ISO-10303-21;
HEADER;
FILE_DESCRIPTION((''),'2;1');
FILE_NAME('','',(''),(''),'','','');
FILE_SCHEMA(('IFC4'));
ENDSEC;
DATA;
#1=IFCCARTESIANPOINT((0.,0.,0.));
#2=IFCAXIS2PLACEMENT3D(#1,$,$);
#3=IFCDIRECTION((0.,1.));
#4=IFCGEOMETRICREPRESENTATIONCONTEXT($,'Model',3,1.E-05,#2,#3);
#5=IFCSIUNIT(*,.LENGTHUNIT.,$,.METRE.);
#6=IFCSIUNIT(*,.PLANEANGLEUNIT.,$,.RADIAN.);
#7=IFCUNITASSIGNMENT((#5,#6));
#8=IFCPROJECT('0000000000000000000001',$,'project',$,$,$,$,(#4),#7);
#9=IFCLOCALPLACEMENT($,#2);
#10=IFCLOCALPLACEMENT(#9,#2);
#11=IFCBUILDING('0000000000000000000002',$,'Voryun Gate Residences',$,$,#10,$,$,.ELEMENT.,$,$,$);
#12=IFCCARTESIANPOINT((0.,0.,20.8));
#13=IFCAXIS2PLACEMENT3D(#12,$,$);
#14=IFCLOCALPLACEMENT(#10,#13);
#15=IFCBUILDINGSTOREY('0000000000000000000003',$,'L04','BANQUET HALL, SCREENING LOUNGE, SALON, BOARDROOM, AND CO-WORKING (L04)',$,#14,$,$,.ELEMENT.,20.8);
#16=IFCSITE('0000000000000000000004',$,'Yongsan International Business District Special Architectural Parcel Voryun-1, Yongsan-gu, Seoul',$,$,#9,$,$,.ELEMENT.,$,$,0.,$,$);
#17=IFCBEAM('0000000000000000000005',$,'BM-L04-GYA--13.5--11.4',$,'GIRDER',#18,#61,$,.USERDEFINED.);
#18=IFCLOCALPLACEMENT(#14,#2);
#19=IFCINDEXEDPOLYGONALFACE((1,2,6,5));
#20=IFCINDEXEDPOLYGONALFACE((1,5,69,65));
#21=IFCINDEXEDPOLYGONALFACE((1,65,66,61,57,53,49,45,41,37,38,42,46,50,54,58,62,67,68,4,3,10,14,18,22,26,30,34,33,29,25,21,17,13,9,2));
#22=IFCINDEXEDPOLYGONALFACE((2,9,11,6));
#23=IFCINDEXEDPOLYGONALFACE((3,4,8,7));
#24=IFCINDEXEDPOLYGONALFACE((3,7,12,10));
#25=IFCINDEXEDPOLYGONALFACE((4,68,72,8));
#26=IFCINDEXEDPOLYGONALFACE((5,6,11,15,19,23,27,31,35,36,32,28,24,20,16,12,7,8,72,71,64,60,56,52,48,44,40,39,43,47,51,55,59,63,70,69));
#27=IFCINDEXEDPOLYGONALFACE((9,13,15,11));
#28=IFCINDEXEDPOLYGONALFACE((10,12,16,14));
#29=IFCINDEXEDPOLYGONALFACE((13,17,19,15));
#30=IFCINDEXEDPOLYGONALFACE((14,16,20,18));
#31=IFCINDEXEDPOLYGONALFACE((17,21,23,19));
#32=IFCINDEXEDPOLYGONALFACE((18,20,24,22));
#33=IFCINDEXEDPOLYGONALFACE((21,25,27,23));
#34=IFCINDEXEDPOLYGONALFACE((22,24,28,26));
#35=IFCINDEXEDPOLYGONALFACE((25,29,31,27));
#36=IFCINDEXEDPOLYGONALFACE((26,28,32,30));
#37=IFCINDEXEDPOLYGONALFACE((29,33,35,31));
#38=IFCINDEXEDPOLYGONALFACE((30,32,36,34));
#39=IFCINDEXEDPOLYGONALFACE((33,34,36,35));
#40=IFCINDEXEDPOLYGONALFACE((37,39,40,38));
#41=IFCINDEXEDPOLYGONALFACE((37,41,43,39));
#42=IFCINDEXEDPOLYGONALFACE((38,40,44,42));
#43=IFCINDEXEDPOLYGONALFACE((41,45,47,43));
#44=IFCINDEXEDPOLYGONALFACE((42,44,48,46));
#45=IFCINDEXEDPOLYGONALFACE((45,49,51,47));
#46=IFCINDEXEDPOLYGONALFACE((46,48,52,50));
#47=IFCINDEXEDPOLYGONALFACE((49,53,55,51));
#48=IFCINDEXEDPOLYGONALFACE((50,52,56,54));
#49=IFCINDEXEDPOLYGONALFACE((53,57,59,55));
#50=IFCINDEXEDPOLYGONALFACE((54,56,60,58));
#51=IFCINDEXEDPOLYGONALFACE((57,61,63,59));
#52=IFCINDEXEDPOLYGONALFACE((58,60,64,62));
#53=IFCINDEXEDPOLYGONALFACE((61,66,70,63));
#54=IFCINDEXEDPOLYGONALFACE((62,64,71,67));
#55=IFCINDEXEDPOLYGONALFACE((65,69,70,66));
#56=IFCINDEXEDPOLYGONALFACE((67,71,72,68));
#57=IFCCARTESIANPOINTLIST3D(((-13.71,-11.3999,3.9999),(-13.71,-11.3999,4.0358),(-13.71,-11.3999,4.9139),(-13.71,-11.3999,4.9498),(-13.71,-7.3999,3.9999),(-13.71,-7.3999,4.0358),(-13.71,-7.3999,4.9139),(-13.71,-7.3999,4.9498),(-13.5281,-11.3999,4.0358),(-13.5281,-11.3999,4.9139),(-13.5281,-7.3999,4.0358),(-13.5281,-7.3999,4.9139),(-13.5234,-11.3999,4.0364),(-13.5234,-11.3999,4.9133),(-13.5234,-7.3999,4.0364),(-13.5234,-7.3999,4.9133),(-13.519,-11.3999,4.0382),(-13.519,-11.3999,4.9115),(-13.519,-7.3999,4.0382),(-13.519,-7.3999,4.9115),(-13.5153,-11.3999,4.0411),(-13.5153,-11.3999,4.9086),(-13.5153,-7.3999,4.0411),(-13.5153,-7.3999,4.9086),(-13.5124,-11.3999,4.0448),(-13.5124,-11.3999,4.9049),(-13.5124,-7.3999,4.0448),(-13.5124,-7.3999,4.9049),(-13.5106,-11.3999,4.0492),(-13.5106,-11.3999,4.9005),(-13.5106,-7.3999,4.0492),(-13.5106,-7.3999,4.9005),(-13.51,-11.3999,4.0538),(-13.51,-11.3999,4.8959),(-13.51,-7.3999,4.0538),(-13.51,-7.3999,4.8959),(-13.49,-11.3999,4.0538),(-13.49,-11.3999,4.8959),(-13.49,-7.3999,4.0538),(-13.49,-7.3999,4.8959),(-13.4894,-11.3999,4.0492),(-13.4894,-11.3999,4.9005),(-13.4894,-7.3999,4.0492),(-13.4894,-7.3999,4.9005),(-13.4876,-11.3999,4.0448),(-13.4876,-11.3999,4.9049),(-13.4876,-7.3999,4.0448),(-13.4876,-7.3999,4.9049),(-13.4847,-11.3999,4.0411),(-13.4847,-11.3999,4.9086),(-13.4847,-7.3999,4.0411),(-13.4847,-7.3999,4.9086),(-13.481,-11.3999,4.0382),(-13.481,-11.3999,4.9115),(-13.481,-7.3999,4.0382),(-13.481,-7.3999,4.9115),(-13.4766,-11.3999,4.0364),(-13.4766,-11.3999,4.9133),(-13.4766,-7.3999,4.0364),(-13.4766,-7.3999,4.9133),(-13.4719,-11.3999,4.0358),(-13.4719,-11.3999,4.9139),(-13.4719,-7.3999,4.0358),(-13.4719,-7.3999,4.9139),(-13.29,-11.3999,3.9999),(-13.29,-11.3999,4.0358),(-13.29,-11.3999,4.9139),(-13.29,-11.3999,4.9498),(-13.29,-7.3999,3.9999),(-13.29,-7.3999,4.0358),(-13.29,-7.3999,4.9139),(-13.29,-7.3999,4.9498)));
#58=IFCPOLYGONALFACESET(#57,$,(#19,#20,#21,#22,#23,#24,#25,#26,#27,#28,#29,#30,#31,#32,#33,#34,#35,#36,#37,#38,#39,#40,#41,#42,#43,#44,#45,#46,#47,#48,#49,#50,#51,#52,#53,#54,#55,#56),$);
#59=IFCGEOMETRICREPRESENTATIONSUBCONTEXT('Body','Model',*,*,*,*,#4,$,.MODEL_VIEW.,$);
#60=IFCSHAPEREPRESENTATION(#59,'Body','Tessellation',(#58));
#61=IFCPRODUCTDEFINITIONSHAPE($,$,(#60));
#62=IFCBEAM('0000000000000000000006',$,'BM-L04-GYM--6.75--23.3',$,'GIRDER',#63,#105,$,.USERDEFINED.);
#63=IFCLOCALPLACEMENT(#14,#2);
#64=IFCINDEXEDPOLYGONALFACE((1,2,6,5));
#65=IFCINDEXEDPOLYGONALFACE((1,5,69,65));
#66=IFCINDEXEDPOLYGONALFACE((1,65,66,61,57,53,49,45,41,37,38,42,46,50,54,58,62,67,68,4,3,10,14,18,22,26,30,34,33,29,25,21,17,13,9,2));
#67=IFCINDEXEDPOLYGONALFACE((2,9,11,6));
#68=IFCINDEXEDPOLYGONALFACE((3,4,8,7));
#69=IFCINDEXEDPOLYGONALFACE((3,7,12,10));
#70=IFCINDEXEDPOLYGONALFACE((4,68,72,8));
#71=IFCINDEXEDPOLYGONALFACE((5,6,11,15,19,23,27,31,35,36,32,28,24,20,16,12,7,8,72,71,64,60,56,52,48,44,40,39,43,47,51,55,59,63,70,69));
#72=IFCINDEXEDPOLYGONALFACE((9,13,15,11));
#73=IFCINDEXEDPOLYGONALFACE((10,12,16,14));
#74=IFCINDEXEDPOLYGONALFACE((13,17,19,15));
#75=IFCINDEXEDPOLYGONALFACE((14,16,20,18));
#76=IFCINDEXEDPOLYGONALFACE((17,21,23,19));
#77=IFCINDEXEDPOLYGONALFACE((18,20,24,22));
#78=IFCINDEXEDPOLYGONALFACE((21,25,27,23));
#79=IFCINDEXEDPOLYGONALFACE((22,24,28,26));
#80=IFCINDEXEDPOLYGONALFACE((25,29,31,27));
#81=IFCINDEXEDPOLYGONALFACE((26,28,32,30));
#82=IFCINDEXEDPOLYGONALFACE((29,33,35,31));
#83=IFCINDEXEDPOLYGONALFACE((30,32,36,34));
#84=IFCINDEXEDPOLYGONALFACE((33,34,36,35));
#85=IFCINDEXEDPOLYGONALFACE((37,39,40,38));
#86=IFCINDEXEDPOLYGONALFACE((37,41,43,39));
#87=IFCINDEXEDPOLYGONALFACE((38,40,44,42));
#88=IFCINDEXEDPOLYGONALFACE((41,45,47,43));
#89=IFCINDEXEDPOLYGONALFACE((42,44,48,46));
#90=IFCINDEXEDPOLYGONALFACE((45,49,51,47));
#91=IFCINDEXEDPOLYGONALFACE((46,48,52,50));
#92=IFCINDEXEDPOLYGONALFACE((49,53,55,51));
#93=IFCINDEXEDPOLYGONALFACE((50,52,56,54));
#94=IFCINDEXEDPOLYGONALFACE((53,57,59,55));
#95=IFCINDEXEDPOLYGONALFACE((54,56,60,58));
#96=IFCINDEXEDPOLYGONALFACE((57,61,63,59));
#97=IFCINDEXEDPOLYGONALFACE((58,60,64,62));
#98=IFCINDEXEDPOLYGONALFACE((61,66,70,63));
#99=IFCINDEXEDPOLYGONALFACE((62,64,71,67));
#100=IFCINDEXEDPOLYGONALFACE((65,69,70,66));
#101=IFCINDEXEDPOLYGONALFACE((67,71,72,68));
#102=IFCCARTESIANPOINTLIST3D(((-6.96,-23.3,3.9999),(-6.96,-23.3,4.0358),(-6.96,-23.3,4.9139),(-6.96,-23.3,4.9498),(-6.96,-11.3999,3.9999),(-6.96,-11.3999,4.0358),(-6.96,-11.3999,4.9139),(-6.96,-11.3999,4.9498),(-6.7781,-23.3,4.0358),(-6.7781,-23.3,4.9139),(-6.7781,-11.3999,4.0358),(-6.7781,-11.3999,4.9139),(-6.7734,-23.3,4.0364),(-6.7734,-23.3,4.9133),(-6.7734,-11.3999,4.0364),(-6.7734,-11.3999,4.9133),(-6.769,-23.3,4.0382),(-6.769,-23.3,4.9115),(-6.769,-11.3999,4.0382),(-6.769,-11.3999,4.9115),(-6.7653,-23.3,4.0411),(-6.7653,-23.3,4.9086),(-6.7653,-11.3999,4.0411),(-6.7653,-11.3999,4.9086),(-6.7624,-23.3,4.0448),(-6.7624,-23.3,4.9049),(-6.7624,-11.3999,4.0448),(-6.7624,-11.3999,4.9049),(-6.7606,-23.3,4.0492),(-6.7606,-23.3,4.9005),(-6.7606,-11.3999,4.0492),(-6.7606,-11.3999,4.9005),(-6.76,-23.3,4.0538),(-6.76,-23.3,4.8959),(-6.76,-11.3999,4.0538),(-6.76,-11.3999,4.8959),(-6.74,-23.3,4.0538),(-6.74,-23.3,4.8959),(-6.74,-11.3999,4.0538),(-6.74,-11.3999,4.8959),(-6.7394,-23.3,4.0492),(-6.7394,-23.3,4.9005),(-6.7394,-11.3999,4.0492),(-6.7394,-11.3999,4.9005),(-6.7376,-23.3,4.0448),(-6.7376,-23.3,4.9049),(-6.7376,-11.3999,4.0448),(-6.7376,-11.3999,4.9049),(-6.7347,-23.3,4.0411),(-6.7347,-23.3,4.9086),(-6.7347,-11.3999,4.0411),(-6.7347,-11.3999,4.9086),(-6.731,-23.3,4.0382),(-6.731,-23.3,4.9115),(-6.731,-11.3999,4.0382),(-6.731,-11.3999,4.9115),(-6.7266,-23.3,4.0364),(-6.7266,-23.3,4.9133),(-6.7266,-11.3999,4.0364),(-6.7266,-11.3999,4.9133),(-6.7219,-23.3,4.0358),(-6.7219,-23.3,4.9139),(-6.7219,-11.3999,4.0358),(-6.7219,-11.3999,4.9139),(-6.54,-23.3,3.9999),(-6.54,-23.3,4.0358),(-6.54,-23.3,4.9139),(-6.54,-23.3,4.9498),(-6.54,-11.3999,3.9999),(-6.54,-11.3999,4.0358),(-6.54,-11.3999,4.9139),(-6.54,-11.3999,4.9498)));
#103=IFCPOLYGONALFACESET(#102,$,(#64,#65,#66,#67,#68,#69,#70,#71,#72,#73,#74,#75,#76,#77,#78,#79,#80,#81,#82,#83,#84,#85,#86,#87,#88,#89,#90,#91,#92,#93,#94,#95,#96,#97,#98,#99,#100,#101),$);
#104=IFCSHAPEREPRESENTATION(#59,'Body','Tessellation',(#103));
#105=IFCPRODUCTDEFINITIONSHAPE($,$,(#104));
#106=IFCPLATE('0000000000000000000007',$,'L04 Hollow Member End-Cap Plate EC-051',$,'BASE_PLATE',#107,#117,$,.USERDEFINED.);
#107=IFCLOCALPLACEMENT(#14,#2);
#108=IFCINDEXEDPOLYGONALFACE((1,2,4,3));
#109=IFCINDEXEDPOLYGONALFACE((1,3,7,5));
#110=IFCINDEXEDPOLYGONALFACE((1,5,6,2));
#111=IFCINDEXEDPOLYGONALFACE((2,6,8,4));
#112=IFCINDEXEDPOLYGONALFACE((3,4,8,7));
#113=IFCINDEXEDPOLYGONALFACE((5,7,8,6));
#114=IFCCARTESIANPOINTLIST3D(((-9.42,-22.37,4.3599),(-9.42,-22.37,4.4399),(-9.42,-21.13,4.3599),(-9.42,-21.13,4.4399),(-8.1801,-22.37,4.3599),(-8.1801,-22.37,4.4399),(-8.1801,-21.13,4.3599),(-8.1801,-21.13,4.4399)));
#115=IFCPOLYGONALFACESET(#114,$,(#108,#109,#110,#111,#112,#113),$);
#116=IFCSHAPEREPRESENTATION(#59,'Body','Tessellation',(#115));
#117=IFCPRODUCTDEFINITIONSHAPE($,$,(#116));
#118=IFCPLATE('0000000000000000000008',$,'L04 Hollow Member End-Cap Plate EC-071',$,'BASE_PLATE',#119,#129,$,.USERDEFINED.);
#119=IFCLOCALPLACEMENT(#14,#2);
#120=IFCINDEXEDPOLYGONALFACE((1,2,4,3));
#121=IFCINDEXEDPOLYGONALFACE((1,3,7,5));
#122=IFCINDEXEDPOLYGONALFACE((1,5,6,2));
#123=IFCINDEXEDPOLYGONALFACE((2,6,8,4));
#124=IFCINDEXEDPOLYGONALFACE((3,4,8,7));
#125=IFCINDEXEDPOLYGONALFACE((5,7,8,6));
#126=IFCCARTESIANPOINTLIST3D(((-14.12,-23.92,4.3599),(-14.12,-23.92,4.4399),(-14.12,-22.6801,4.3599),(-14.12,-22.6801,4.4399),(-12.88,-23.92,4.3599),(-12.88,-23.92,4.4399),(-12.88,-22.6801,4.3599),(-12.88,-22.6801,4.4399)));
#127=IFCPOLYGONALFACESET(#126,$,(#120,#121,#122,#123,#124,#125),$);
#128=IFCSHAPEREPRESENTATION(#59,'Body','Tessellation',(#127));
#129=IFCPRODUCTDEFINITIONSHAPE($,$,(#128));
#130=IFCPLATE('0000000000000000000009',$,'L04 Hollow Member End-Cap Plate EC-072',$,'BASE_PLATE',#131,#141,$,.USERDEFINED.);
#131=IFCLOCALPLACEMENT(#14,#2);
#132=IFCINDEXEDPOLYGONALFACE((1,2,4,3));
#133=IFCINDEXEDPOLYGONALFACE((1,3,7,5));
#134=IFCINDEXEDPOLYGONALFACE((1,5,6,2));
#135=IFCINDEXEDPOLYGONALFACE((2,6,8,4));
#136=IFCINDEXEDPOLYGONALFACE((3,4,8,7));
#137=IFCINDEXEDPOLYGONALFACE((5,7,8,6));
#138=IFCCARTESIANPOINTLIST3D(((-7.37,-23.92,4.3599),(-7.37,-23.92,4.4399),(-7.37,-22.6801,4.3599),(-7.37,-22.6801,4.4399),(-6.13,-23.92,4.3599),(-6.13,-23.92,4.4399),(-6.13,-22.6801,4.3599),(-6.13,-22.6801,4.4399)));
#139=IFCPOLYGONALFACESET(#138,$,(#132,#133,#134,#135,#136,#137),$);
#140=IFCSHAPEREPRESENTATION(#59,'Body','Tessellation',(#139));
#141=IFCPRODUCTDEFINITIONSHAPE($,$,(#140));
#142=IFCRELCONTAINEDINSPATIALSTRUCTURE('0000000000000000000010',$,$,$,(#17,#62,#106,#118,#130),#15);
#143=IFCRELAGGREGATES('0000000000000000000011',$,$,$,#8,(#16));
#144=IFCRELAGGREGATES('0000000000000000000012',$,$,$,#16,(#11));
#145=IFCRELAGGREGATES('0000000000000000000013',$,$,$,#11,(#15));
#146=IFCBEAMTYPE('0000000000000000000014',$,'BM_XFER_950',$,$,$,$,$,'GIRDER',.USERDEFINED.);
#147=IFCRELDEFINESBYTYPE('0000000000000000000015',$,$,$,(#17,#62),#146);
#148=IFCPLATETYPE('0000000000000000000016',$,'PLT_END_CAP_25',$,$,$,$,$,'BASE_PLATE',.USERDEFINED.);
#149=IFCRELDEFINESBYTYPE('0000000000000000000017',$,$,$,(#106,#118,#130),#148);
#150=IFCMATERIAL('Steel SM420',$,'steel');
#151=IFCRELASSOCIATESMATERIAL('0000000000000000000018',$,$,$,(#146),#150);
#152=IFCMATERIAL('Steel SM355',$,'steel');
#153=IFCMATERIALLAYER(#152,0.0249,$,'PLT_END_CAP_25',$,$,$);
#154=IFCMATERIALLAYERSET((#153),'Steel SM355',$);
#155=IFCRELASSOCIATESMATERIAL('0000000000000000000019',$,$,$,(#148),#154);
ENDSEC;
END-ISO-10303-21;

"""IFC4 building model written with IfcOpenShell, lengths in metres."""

from ifc_helpers import new_model, si_unit, direction, frame, origin, origin_2d, place, context, subcontext, project, spatial, rectangle, i_section, extrude, material, layer, layer_set, material_profile, profile_set, type_object, element, save


model = new_model("IFC4")

# Units and contexts
model_context = context("Model", 3, precision=1e-05, world=origin(), true_north=direction((0.0, 1.0)))
body_context = subcontext(model_context, "Body", "Model", "MODEL_VIEW")
ifc_project = project(units=[si_unit("LENGTHUNIT", "METRE"), si_unit("PLANEANGLEUNIT", "RADIAN")], contexts=[model_context])

# Site, building, storey
site_placement = place(None, origin())
site = spatial("IfcSite", under=ifc_project, at=site_placement, Name="Yongsan International Business District Special Architectural Parcel Voryun-1, Yongsan-gu, Seoul", CompositionType="ELEMENT", RefElevation=0.0)
building_placement = place(site_placement, origin())
building = spatial("IfcBuilding", under=site, at=building_placement, Name="Voryun Gate Residences", CompositionType="ELEMENT")
storey_placement = place(building_placement, frame((0.0, 0.0, 20.8)))
storey = spatial("IfcBuildingStorey", under=building, at=storey_placement, Name="L04", Description="BANQUET HALL, SCREENING LOUNGE, SALON, BOARDROOM, AND CO-WORKING (L04)", CompositionType="ELEMENT", Elevation=20.8)

# Beams
ifc_material_1 = material(Name="Steel SM420", Category="steel")
ifc_material_profile_1 = material_profile(ifc_material_1, i_section(OverallWidth=0.4199, OverallDepth=0.95, WebThickness=0.02, FlangeThickness=0.0359, FilletRadius=0.0181, at=origin_2d()), Name="H-950x420x20x36")
ifc_profile_set_1 = profile_set([ifc_material_profile_1], Name="Steel SM420")
beam_type_1 = type_object("IfcBeamType", Name="BM_XFER_950", ElementType="GIRDER", PredefinedType="USERDEFINED", material=ifc_profile_set_1)
beam_1_placement = place(storey_placement, frame((-13.5, -11.3999, 4.4749), z_axis=(0.0, 1.0, 0.0), x_axis=(-1.0, 0.0, 0.0)))
element("IfcBeam", 1, at=beam_1_placement, inside=storey, type_object=beam_type_1, Name="BM-L04-GYA--13.5--11.4", ObjectType="GIRDER", PredefinedType="USERDEFINED", context=body_context, shape_type="SweptSolid", body=[
    extrude(i_section(OverallWidth=0.4199, OverallDepth=0.95, WebThickness=0.02, FlangeThickness=0.0359, FilletRadius=0.0181, at=origin_2d()), origin(), (0.0, 0.0, 1.0), 4.0),
])
beam_2_placement = place(storey_placement, frame((-6.75, -23.3, 4.4749), z_axis=(0.0, 1.0, 0.0), x_axis=(-1.0, 0.0, 0.0)))
element("IfcBeam", 2, at=beam_2_placement, inside=storey, type_object=beam_type_1, Name="BM-L04-GYM--6.75--23.3", ObjectType="GIRDER", PredefinedType="USERDEFINED", context=body_context, shape_type="SweptSolid", body=[
    extrude(i_section(OverallWidth=0.4199, OverallDepth=0.95, WebThickness=0.02, FlangeThickness=0.0359, FilletRadius=0.0181, at=origin_2d()), origin(), (0.0, 0.0, 1.0), 11.9001),
])

# Plates
ifc_material_2 = material(Name="Steel SM355", Category="steel")
ifc_layer_1 = layer(ifc_material_2, 0.0249, Name="PLT_END_CAP_25")
ifc_layer_set_1 = layer_set([ifc_layer_1], Name="Steel SM355")
plate_type = type_object("IfcPlateType", Name="PLT_END_CAP_25", ElementType="BASE_PLATE", PredefinedType="USERDEFINED", material=ifc_layer_set_1)
for number, where, z_axis, x_axis, name in (
    (3, (-8.8, -21.75, 4.3599), (0.0, 0.0, 1.0), (1.0, 0.0, 0.0), "L04 Hollow Member End-Cap Plate EC-051"),
    (4, (-13.5, -23.3, 4.3599), (0.0, 0.0, 1.0), (1.0, 0.0, 0.0), "L04 Hollow Member End-Cap Plate EC-071"),
    (5, (-6.75, -23.3, 4.3599), (0.0, 0.0, 1.0), (1.0, 0.0, 0.0), "L04 Hollow Member End-Cap Plate EC-072"),
):
    element("IfcPlate", number, at=place(storey_placement, frame(where, z_axis=z_axis, x_axis=x_axis)), inside=storey, type_object=plate_type, Name=name, ObjectType="BASE_PLATE", PredefinedType="USERDEFINED", context=body_context, shape_type="SweptSolid", body=[
        extrude(rectangle(XDim=1.24, YDim=1.24, at=origin_2d()), origin(), (0.0, 0.0, 1.0), 0.0801),
    ])

save(model, "model.ifc")
